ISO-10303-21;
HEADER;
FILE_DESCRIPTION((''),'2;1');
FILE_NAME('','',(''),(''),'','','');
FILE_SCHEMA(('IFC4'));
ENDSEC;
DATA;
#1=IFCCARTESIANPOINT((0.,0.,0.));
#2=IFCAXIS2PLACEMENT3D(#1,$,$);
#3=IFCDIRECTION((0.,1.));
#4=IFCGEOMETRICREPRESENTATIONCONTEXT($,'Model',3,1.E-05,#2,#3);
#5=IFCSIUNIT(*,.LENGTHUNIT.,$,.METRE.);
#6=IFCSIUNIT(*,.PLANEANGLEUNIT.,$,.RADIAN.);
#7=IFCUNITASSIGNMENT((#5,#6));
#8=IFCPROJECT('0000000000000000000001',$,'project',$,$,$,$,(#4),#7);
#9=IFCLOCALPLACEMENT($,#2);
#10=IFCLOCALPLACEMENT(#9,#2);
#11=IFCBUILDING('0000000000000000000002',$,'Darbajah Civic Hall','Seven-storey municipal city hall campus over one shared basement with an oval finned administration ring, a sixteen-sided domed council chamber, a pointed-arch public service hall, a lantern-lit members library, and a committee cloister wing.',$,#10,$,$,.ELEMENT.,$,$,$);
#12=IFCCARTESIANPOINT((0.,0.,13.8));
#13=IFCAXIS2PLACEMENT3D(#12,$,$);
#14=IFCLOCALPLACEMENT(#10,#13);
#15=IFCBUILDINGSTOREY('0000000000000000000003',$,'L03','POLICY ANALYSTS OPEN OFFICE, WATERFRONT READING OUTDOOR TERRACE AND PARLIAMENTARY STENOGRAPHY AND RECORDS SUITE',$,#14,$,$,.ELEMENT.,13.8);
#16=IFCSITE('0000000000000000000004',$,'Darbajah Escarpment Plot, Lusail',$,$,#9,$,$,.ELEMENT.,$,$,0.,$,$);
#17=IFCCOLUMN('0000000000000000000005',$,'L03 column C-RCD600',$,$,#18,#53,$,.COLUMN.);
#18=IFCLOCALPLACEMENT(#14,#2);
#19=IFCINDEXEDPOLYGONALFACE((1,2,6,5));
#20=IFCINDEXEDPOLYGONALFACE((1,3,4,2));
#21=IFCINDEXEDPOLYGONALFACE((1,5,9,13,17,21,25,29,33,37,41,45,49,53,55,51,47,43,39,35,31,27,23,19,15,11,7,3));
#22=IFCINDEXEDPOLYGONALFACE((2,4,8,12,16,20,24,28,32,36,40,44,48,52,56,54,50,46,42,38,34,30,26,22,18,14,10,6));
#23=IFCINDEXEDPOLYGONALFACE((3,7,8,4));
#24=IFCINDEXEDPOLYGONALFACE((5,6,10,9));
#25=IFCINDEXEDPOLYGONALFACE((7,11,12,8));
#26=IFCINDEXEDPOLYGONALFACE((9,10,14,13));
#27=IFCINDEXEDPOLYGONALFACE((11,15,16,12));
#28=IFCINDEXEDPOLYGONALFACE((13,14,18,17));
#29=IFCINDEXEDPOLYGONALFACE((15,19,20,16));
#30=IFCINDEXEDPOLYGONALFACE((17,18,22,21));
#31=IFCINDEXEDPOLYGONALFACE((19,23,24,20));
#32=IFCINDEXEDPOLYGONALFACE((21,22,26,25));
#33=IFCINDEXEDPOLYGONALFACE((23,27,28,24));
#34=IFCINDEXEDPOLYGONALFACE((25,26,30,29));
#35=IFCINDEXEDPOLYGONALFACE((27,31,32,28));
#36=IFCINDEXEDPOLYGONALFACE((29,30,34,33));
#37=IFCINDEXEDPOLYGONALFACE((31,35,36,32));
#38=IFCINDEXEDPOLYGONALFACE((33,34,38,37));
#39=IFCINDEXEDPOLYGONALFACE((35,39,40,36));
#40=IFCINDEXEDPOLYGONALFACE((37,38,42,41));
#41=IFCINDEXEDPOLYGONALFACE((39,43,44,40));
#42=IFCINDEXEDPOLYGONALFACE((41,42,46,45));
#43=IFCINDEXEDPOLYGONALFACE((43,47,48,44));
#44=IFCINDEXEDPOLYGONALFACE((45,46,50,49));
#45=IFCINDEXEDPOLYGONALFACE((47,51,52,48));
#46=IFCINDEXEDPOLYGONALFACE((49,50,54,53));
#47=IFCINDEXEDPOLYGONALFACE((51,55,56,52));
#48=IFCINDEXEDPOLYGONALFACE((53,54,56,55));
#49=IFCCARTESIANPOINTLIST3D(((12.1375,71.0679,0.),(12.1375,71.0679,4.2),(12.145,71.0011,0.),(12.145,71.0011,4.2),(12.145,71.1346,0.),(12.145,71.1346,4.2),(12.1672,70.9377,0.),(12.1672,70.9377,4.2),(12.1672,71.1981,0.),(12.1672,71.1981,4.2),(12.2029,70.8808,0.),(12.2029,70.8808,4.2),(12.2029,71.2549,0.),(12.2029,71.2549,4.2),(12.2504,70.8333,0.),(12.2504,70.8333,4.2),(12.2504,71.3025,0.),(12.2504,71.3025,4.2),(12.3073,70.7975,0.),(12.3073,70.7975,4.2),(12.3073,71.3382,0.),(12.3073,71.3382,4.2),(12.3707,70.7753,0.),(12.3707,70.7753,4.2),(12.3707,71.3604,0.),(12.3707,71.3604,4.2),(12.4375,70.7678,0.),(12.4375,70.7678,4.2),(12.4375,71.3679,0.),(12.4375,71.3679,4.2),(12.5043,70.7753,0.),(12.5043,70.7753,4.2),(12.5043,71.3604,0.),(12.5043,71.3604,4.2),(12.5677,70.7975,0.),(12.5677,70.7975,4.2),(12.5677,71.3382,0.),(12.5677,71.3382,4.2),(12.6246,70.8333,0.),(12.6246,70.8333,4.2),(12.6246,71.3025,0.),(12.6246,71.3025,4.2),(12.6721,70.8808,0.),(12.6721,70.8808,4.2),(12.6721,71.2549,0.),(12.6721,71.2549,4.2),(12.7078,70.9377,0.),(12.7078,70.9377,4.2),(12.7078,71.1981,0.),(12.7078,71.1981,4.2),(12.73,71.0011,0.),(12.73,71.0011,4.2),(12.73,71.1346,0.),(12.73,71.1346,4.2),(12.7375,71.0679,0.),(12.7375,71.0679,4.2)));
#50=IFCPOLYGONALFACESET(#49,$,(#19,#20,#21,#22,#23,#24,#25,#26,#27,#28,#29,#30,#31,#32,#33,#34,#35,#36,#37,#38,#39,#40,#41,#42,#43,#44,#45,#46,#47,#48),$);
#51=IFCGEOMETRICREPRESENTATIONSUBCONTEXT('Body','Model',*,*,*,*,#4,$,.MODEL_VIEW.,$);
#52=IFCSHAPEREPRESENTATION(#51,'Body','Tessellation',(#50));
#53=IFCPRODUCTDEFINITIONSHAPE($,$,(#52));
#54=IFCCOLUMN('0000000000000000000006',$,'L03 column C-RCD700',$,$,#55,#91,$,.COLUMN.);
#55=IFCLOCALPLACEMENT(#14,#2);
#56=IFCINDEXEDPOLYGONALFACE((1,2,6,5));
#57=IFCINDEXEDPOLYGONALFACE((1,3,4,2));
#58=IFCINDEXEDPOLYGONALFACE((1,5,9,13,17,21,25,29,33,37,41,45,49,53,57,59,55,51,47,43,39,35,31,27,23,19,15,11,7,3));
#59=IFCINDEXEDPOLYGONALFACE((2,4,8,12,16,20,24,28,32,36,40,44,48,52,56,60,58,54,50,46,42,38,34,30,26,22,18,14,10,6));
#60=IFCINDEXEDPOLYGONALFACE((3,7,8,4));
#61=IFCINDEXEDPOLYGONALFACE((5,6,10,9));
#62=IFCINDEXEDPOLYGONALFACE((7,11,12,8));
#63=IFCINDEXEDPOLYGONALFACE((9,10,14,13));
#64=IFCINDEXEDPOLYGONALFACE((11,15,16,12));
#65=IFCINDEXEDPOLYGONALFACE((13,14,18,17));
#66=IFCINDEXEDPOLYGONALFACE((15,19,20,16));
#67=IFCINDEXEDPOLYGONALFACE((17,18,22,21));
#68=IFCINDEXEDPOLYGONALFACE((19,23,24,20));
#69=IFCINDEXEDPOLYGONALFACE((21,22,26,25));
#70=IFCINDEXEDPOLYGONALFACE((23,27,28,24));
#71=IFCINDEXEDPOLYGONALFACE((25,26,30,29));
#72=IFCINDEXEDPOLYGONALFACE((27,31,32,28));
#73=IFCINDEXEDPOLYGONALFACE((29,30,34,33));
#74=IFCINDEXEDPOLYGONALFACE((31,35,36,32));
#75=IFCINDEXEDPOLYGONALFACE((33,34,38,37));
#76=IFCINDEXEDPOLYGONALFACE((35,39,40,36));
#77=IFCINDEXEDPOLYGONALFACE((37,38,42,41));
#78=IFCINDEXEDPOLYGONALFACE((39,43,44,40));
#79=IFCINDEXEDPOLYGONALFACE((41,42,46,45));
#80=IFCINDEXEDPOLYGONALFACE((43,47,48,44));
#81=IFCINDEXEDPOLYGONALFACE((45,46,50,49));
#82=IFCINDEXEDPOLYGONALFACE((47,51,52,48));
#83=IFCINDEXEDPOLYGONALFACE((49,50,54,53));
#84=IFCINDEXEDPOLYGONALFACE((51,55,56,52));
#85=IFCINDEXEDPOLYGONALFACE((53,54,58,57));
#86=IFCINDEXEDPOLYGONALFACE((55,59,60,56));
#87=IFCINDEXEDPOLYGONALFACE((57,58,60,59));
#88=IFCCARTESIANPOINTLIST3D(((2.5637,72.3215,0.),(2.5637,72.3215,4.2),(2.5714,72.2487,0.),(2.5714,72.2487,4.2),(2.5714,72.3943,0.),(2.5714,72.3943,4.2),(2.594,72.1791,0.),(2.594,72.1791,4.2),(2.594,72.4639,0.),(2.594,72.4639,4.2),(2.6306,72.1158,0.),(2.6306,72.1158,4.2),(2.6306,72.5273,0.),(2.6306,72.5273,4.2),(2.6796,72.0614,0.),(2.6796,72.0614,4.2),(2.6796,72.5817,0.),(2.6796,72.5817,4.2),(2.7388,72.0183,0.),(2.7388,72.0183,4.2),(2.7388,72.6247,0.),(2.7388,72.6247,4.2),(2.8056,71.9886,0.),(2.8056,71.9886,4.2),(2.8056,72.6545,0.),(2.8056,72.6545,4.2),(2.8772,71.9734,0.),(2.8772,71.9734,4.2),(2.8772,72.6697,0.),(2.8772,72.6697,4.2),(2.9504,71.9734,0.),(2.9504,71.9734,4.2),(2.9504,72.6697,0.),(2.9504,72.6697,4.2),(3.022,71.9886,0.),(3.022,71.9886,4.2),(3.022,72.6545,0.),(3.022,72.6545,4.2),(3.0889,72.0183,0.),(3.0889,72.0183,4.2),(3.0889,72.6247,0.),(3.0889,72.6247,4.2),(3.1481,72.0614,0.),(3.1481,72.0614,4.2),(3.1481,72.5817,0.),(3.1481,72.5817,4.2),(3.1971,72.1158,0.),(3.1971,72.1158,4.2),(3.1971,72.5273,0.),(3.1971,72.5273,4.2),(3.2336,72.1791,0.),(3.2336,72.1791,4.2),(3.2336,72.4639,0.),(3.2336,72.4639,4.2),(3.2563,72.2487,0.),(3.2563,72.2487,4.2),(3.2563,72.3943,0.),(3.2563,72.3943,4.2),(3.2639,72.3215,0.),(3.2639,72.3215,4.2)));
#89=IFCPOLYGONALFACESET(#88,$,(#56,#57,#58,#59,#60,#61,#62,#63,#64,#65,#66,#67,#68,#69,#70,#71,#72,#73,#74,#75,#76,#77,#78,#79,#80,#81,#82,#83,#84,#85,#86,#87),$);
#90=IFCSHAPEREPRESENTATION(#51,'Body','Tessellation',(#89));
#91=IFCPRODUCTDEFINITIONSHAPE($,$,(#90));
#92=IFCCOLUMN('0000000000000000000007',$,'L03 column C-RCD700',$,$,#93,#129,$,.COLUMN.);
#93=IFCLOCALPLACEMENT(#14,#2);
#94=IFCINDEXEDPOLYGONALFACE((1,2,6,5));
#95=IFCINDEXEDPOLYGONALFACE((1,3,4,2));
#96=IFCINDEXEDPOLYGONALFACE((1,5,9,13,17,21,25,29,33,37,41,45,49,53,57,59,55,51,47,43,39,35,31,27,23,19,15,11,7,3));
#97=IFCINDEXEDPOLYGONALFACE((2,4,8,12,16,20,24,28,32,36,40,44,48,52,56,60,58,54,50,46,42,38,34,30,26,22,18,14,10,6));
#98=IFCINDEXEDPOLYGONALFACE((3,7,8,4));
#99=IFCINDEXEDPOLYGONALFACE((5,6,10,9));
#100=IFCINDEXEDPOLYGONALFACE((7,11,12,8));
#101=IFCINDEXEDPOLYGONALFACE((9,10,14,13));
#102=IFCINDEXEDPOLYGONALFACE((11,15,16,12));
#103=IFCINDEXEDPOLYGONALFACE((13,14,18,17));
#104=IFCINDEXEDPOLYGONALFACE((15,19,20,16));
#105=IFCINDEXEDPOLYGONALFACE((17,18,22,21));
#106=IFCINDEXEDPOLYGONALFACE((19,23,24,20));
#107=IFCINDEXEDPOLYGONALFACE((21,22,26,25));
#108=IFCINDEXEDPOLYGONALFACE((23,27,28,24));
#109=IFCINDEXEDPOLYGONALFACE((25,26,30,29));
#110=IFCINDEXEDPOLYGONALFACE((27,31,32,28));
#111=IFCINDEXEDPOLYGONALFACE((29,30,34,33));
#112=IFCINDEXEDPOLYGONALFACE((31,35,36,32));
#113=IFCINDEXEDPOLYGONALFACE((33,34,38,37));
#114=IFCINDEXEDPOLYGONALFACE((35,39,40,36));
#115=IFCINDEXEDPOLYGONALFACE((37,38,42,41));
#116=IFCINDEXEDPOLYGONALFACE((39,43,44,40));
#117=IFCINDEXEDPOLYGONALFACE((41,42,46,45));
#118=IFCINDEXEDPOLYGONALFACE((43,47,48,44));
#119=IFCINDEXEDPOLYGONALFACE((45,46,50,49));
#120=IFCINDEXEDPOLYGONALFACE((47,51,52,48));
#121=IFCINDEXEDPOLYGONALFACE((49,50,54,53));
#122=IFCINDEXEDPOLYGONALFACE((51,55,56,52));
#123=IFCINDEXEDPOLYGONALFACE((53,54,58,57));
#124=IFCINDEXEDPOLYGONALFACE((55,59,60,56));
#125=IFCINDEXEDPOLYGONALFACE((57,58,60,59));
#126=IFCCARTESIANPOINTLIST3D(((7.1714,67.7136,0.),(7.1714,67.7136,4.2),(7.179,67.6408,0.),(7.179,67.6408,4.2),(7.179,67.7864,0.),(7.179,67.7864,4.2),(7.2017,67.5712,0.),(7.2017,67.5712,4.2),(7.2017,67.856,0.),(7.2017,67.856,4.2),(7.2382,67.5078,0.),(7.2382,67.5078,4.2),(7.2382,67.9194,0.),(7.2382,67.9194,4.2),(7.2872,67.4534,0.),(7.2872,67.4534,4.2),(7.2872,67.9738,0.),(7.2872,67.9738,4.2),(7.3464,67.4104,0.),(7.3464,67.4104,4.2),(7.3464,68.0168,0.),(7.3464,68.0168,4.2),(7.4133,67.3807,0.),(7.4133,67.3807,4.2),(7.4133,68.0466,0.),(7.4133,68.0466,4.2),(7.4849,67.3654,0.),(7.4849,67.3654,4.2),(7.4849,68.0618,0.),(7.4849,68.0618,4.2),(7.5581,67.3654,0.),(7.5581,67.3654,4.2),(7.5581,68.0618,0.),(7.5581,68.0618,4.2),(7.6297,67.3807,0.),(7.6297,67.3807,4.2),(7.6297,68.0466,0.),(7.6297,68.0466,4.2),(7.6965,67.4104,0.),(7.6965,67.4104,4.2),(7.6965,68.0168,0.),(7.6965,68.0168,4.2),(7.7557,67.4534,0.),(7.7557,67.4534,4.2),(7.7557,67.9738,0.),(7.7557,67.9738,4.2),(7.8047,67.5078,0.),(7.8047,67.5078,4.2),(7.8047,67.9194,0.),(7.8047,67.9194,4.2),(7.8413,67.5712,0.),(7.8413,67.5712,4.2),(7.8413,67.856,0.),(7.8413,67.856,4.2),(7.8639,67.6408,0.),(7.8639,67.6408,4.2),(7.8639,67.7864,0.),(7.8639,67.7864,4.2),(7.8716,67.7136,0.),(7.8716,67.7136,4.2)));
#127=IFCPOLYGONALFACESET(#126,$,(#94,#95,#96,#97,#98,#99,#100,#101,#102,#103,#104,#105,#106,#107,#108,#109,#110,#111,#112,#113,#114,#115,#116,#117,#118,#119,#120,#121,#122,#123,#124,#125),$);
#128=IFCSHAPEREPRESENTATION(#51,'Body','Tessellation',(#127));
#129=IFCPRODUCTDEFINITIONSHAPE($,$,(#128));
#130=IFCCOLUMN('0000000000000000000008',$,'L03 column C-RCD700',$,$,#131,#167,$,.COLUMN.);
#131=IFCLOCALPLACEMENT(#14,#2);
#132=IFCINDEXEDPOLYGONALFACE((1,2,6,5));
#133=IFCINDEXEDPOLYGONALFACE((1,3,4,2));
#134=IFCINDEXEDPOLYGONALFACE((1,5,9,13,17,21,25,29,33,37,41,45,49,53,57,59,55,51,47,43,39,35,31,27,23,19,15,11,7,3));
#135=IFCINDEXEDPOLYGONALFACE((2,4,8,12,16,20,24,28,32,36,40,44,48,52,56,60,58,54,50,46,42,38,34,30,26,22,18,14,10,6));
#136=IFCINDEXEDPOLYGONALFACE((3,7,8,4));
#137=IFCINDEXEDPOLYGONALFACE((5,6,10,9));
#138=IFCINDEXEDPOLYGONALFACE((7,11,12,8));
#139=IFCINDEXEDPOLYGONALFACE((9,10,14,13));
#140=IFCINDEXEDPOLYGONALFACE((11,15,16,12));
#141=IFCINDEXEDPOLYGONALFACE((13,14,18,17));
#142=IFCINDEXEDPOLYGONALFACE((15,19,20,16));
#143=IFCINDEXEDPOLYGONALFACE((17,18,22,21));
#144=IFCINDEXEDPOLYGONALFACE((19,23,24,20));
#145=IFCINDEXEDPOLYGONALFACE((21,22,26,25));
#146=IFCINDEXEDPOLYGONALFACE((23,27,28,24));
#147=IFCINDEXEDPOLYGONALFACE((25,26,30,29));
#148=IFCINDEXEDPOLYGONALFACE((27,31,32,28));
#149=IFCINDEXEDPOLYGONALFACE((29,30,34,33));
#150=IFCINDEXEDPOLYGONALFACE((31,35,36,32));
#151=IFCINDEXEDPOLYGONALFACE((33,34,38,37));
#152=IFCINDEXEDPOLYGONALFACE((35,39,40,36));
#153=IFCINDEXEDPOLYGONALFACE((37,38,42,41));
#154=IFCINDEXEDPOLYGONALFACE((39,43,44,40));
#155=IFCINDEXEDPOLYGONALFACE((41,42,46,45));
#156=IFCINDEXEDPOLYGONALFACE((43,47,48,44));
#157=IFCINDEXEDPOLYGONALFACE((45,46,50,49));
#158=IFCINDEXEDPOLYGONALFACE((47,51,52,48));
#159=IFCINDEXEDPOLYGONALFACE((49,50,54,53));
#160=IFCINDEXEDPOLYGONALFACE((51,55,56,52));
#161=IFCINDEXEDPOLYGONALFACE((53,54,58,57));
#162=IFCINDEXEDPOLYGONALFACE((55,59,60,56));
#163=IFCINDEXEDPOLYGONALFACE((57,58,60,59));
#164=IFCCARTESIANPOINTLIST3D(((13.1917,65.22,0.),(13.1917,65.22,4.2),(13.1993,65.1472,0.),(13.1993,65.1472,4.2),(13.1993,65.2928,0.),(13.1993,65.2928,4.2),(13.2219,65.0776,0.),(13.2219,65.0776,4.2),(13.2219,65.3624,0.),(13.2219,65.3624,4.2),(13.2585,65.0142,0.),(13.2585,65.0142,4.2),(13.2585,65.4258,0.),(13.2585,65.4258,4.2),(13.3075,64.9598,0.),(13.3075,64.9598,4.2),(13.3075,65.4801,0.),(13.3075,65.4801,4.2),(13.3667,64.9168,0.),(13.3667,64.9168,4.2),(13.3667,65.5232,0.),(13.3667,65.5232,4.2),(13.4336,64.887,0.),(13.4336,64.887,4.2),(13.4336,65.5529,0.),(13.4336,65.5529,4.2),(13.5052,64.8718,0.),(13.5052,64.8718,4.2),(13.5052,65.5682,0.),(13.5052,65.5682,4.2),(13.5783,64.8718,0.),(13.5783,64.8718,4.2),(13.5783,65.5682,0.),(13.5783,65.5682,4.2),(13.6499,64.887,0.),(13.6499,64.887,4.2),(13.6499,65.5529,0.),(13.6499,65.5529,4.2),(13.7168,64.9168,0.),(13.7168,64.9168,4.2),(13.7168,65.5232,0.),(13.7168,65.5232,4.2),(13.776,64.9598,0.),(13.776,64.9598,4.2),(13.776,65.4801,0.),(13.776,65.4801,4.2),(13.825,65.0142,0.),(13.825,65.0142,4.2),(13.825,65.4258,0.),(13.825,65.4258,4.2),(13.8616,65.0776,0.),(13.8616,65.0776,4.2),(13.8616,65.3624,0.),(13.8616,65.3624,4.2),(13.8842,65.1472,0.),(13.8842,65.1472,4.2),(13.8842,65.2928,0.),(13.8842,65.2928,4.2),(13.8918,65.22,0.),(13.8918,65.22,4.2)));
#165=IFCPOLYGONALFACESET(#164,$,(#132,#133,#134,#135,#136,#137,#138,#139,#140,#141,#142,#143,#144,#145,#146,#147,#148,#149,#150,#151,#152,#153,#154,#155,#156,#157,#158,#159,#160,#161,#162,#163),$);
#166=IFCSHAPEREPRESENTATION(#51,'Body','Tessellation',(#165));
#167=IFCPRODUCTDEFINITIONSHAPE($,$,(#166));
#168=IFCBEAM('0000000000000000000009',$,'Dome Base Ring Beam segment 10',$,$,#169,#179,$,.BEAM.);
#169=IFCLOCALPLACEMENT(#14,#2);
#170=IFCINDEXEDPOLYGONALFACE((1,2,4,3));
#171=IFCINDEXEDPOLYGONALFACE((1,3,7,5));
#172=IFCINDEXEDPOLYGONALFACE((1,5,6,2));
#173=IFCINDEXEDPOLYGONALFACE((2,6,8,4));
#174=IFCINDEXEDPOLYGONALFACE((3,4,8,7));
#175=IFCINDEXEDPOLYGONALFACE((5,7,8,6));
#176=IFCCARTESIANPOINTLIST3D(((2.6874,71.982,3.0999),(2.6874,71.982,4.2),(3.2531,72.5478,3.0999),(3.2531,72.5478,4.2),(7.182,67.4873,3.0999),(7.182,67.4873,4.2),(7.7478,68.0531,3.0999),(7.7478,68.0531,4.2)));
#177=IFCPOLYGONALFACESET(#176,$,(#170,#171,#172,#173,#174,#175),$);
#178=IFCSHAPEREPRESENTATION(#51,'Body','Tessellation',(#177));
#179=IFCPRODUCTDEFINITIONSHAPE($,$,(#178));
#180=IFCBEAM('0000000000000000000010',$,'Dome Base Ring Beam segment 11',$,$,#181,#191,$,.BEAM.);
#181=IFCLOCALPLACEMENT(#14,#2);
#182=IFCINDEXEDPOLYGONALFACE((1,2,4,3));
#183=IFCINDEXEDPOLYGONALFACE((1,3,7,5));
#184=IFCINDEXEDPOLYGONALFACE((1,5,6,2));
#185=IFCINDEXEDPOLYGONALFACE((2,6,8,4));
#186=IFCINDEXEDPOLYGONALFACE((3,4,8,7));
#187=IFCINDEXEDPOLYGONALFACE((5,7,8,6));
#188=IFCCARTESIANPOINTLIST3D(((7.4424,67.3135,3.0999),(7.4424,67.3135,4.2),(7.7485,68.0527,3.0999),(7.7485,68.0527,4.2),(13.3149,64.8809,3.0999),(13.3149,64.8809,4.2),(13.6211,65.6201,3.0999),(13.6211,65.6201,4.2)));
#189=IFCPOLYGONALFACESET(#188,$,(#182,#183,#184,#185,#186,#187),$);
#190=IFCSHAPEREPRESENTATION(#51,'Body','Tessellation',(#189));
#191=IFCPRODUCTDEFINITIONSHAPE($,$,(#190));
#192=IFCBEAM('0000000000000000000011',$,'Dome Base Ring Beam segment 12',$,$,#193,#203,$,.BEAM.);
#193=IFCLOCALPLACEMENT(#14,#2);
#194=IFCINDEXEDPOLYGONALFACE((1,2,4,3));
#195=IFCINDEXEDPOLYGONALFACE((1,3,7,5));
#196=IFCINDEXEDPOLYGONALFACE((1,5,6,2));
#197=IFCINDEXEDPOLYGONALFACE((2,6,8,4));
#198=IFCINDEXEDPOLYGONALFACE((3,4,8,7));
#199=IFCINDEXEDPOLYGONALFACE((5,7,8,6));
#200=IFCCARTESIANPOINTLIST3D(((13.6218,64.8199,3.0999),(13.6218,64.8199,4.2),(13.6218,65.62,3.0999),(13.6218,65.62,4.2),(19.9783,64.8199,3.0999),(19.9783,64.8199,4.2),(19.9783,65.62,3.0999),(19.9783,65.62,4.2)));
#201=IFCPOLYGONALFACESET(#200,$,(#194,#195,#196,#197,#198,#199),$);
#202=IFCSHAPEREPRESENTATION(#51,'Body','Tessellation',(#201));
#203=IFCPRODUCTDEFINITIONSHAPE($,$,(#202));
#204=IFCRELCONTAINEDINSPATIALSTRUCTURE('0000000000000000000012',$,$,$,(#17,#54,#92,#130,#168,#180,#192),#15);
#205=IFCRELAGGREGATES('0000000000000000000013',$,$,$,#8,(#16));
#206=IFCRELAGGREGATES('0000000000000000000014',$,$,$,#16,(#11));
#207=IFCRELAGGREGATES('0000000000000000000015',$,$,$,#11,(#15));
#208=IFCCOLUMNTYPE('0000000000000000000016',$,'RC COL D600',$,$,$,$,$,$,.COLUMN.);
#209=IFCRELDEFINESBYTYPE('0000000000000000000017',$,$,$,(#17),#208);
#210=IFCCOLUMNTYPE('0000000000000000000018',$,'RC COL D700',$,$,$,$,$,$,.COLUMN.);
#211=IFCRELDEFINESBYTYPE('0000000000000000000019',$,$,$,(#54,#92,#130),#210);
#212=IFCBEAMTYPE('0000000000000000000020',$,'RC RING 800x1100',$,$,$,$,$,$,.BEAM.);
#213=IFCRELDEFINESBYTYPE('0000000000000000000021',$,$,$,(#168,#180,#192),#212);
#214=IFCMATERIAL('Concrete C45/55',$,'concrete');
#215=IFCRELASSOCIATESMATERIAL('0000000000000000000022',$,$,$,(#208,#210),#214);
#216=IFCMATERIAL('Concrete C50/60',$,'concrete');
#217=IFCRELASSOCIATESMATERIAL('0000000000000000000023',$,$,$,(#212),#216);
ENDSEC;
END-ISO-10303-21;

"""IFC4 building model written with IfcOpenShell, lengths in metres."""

from ifc_helpers import new_model, si_unit, direction, frame, origin, origin_2d, place, context, subcontext, project, spatial, rectangle, circle, extrude, material, material_profile, profile_set, type_object, element, save


model = new_model("IFC4")

# Units and contexts
model_context = context("Model", 3, precision=1e-05, world=origin(), true_north=direction((0.0, 1.0)))
body_context = subcontext(model_context, "Body", "Model", "MODEL_VIEW")
ifc_project = project(units=[si_unit("LENGTHUNIT", "METRE"), si_unit("PLANEANGLEUNIT", "RADIAN")], contexts=[model_context])

# Site, building, storey
site_placement = place(None, origin())
site = spatial("IfcSite", under=ifc_project, at=site_placement, Name="Darbajah Escarpment Plot, Lusail", CompositionType="ELEMENT", RefElevation=0.0)
building_placement = place(site_placement, origin())
building = spatial("IfcBuilding", under=site, at=building_placement, Name="Darbajah Civic Hall", Description="Seven-storey municipal city hall campus over one shared basement with an oval finned administration ring, a sixteen-sided domed council chamber, a pointed-arch public service hall, a lantern-lit members library, and a committee cloister wing.", CompositionType="ELEMENT")
storey_placement = place(building_placement, frame((0.0, 0.0, 13.8)))
storey = spatial("IfcBuildingStorey", under=building, at=storey_placement, Name="L03", Description="POLICY ANALYSTS OPEN OFFICE, WATERFRONT READING OUTDOOR TERRACE AND PARLIAMENTARY STENOGRAPHY AND RECORDS SUITE", CompositionType="ELEMENT", Elevation=13.8)

# Columns
ifc_material_1 = material(Name="Concrete C45/55", Category="concrete")
ifc_material_profile_1 = material_profile(ifc_material_1, circle(Radius=0.3, at=origin_2d()), Name="RC COL D600")
ifc_profile_set_1 = profile_set([ifc_material_profile_1], Name="Concrete C45/55")
column_type_1 = type_object("IfcColumnType", Name="RC COL D600", PredefinedType="COLUMN", material=ifc_profile_set_1)
column_placement = place(storey_placement, frame((12.4375, 71.0679, 0.0), z_axis=(0.0, 0.0, 1.0), x_axis=(1.0, 0.0, 0.0)))
element("IfcColumn", 1, at=column_placement, inside=storey, type_object=column_type_1, Name="L03 column C-RCD600", PredefinedType="COLUMN", context=body_context, shape_type="SweptSolid", body=[
    extrude(circle(Radius=0.3, at=origin_2d()), origin(), (0.0, 0.0, 1.0), 4.2),
])
ifc_material_profile_2 = material_profile(ifc_material_1, circle(Radius=0.3501, at=origin_2d()), Name="RC COL D700")
ifc_profile_set_2 = profile_set([ifc_material_profile_2], Name="Concrete C45/55")
column_type_2 = type_object("IfcColumnType", Name="RC COL D700", PredefinedType="COLUMN", material=ifc_profile_set_2)
for number, where, z_axis, x_axis, name in (
    (2, (2.9138, 72.3215, 0.0), (0.0, 0.0, 1.0), (1.0, 0.0, 0.0), "L03 column C-RCD700"),
    (3, (7.5215, 67.7136, 0.0), (0.0, 0.0, 1.0), (1.0, 0.0, 0.0), "L03 column C-RCD700"),
    (4, (13.5417, 65.22, 0.0), (0.0, 0.0, 1.0), (1.0, 0.0, 0.0), "L03 column C-RCD700"),
):
    element("IfcColumn", number, at=place(storey_placement, frame(where, z_axis=z_axis, x_axis=x_axis)), inside=storey, type_object=column_type_2, Name=name, PredefinedType="COLUMN", context=body_context, shape_type="SweptSolid", body=[
        extrude(circle(Radius=0.3501, at=origin_2d()), origin(), (0.0, 0.0, 1.0), 4.2),
    ])

# Beams
ifc_material_2 = material(Name="Concrete C50/60", Category="concrete")
ifc_material_profile_3 = material_profile(ifc_material_2, rectangle(XDim=0.8, YDim=1.1001, at=origin_2d()), Name="RC RING 800x1100")
ifc_profile_set_3 = profile_set([ifc_material_profile_3], Name="Concrete C50/60")
beam_type = type_object("IfcBeamType", Name="RC RING 800x1100", PredefinedType="BEAM", material=ifc_profile_set_3)
for number, where, z_axis, x_axis, name in (
    (5, (2.9702, 72.2649, 3.6499), (0.707107, -0.707107, 0.0), (0.707107, 0.707107, 0.0), "Dome Base Ring Beam segment 10"),
    (6, (7.5955, 67.6831, 3.6499), (0.923873, -0.3827, 0.0), (0.3827, 0.923873, 0.0), "Dome Base Ring Beam segment 11"),
    (7, (13.6218, 65.22, 3.6499), (1.0, 0.0, 0.0), (0.0, 1.0, 0.0), "Dome Base Ring Beam segment 12"),
):
    element("IfcBeam", number, at=place(storey_placement, frame(where, z_axis=z_axis, x_axis=x_axis)), inside=storey, type_object=beam_type, Name=name, PredefinedType="BEAM", context=body_context, shape_type="SweptSolid", body=[
        extrude(rectangle(XDim=0.8, YDim=1.1001, at=origin_2d()), origin(), (0.0, 0.0, 1.0), 6.3564),
    ])

save(model, "model.ifc")
